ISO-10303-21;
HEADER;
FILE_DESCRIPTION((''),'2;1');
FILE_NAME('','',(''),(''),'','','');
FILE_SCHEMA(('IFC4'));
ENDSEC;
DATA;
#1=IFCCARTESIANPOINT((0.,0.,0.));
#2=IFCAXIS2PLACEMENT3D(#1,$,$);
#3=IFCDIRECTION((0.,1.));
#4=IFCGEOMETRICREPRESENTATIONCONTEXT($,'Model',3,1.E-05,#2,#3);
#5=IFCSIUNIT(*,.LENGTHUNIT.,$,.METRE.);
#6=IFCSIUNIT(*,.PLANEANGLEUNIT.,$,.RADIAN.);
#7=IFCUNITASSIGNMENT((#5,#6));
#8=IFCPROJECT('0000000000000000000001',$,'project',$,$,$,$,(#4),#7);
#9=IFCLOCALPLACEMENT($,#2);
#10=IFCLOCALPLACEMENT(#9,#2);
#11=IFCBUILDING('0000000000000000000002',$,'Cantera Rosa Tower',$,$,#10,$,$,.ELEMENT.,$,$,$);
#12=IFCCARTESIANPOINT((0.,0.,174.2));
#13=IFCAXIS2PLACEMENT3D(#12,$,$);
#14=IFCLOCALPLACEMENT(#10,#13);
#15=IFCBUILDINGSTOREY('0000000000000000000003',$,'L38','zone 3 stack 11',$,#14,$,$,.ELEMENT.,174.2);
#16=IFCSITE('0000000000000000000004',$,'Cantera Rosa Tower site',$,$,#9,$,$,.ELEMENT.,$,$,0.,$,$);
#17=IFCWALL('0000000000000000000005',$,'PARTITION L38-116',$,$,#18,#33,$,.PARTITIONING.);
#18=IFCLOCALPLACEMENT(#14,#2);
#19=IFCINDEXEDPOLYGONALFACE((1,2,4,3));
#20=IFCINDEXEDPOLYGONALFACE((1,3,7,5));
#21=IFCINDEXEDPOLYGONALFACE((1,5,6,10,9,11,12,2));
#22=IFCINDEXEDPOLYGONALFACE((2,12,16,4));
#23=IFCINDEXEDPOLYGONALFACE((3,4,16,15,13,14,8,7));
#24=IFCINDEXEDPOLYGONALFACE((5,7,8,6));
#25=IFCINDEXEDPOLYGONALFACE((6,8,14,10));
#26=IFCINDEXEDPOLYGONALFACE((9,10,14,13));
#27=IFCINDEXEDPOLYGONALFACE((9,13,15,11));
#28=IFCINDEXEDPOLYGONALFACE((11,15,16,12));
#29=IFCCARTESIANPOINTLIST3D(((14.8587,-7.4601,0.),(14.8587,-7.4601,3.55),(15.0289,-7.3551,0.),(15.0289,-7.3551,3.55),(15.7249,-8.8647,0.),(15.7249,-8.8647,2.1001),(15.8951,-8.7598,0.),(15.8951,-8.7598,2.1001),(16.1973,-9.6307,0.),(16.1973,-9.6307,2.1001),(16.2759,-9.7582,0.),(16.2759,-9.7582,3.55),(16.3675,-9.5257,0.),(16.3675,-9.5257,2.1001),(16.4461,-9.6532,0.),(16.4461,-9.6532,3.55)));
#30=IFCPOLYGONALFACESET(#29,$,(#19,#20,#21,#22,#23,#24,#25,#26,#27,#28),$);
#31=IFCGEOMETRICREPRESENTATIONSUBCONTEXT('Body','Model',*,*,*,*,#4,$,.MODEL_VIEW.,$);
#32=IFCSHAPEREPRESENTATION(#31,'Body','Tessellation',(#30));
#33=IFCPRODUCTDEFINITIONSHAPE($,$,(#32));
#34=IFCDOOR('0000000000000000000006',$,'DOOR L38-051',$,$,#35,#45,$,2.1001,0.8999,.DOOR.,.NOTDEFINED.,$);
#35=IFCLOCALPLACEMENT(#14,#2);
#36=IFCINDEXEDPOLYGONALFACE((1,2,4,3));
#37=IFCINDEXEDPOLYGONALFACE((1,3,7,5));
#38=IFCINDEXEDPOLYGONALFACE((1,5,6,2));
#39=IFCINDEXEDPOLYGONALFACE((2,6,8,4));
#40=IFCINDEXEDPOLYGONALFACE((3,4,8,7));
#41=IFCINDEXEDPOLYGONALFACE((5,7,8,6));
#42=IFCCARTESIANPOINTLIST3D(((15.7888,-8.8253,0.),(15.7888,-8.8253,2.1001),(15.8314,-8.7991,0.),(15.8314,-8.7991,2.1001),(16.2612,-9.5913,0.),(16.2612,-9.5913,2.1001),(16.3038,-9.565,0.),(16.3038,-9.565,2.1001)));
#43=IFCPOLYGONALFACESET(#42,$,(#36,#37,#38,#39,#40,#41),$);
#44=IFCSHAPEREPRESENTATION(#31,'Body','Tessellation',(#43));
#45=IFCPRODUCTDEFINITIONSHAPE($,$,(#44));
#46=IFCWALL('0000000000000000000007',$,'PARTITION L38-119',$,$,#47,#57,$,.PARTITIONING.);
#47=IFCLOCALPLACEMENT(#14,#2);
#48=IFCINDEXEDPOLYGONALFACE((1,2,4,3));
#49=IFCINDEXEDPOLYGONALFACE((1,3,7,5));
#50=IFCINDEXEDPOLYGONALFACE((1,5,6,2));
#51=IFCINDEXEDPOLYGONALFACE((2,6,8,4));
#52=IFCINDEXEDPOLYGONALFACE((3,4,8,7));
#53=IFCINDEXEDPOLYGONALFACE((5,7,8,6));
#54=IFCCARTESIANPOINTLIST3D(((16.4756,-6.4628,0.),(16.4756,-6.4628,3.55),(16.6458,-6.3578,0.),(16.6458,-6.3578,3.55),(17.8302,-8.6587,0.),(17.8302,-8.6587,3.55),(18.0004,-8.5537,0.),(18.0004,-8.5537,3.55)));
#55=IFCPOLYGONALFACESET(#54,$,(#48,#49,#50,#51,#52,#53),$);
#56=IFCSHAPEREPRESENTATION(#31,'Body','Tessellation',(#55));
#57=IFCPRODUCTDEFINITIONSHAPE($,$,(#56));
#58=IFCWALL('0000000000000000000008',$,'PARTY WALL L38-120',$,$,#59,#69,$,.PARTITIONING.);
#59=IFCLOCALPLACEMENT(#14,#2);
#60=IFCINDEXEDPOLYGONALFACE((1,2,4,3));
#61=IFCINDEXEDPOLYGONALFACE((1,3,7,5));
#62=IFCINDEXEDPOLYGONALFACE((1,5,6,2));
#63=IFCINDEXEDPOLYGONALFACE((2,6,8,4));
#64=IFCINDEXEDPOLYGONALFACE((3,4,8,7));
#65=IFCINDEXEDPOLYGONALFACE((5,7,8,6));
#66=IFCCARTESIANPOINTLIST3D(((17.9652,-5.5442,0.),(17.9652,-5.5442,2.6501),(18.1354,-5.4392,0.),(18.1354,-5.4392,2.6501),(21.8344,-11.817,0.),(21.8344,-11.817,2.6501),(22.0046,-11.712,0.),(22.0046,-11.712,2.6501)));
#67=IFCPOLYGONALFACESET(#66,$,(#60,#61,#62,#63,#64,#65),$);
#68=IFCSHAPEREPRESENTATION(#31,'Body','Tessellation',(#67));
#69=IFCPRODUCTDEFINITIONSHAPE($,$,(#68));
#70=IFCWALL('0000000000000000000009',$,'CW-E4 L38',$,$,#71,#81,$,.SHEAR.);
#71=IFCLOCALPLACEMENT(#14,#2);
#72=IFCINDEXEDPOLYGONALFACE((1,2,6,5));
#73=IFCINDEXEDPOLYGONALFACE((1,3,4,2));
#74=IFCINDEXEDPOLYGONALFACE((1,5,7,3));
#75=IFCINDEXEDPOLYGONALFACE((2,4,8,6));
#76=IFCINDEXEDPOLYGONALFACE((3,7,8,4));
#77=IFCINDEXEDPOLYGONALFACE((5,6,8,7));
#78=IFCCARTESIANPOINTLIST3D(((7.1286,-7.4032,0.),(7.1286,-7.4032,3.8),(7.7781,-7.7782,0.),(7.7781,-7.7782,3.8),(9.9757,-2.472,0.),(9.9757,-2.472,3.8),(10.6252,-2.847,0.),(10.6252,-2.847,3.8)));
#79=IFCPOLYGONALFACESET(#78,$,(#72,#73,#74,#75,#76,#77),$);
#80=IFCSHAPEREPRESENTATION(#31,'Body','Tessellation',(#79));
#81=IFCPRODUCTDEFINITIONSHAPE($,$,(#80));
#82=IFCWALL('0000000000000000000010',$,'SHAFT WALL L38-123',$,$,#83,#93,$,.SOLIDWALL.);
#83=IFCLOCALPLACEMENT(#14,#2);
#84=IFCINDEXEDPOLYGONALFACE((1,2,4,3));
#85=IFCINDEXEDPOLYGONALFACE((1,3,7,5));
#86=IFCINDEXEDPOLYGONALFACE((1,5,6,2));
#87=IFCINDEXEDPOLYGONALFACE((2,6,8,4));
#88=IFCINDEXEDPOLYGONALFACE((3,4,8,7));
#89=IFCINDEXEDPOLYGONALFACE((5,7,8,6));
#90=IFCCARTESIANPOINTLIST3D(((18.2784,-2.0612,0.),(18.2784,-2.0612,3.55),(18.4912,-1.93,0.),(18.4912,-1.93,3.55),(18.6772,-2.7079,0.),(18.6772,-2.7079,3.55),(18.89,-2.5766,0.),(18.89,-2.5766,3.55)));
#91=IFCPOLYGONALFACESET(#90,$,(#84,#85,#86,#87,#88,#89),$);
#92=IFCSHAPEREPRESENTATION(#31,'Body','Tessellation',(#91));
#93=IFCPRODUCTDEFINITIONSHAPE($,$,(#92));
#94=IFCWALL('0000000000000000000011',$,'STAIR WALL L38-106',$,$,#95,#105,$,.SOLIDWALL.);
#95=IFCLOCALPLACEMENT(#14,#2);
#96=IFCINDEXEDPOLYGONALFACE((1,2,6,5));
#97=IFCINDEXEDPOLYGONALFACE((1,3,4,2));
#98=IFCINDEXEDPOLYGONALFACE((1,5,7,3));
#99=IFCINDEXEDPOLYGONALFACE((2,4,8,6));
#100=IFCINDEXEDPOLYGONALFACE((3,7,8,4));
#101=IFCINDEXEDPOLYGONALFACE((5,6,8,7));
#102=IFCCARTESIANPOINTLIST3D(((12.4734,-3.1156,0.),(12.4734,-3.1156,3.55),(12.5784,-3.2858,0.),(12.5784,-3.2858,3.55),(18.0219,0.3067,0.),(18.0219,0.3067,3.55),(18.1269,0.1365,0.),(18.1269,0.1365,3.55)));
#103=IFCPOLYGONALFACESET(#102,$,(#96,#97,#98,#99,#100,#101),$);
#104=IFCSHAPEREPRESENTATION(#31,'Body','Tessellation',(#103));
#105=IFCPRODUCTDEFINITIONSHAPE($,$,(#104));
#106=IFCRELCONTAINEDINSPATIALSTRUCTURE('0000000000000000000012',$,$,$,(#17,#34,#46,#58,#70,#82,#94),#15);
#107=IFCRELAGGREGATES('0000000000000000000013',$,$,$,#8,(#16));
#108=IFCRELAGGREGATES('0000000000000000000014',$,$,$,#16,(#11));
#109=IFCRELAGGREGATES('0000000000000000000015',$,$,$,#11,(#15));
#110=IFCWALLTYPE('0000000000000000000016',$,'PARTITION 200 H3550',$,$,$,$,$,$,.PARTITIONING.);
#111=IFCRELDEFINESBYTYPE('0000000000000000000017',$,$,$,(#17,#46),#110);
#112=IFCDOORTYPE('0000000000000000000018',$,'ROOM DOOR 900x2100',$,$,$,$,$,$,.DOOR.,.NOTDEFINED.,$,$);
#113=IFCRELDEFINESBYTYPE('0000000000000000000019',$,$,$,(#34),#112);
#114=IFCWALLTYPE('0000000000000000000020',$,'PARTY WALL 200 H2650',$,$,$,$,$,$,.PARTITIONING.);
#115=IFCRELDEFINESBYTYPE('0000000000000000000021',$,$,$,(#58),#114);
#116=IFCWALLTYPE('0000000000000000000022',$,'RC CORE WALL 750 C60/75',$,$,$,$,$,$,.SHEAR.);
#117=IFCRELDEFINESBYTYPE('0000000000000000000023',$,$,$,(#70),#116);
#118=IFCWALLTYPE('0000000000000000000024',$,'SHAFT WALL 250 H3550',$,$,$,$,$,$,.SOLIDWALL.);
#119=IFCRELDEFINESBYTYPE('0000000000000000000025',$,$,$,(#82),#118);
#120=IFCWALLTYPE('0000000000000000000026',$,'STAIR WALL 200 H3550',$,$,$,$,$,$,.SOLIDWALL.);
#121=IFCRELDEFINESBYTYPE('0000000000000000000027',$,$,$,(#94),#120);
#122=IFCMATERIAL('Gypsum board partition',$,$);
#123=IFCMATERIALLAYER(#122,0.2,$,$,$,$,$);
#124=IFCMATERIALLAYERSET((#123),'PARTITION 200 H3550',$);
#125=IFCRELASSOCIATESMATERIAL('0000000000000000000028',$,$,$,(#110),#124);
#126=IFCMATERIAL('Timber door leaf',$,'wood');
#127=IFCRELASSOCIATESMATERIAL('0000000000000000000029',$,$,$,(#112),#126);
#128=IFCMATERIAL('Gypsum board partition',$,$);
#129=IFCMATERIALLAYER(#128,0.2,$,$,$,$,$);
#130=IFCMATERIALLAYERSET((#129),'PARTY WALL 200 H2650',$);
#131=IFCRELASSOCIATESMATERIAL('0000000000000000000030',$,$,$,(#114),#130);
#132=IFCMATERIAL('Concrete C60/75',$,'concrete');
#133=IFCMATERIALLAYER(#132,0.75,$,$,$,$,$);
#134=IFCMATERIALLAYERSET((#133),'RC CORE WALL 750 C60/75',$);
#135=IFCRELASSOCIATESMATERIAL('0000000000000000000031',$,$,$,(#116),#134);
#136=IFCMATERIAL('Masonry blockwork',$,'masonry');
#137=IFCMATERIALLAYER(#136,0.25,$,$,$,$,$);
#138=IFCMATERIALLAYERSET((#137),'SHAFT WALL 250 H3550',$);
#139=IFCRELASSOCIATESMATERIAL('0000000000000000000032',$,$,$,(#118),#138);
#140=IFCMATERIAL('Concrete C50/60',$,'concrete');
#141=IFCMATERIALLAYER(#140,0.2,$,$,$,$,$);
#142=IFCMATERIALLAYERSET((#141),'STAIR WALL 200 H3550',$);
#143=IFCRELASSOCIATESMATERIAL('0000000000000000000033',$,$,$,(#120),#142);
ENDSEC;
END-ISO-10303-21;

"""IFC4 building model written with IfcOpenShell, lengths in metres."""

from ifc_helpers import new_model, si_unit, direction, frame, frame_2d, origin, place, context, subcontext, project, spatial, rectangle, extrude, material, layer, layer_set, type_object, element, fill, save


model = new_model("IFC4")

# Units and contexts
model_context = context("Model", 3, precision=1e-05, world=origin(), true_north=direction((0.0, 1.0)))
body_context = subcontext(model_context, "Body", "Model", "MODEL_VIEW")
ifc_project = project(units=[si_unit("LENGTHUNIT", "METRE"), si_unit("PLANEANGLEUNIT", "RADIAN")], contexts=[model_context])

# Site, building, storey
site_placement = place(None, origin())
site = spatial("IfcSite", under=ifc_project, at=site_placement, Name="Cantera Rosa Tower site", CompositionType="ELEMENT", RefElevation=0.0)
building_placement = place(site_placement, origin())
building = spatial("IfcBuilding", under=site, at=building_placement, Name="Cantera Rosa Tower", CompositionType="ELEMENT")
storey_placement = place(building_placement, frame((0.0, 0.0, 174.2)))
storey = spatial("IfcBuildingStorey", under=building, at=storey_placement, Name="L38", Description="zone 3 stack 11", CompositionType="ELEMENT", Elevation=174.2)

# Shared definitions
ifc_material_1 = material(Name="Gypsum board partition")
ifc_layer_1 = layer(ifc_material_1, 0.2)
ifc_layer_set_1 = layer_set([ifc_layer_1], Name="PARTITION 200 H3550")
wall_type_1 = type_object("IfcWallType", Name="PARTITION 200 H3550", PredefinedType="PARTITIONING", material=ifc_layer_set_1)

# Wall, opening, door
wall_1_placement = place(storey_placement, frame((16.3611, -9.7058, 0.0), z_axis=(0.0, 0.0, 1.0), x_axis=(-0.524909, 0.851158, 0.0)))
wall_1 = element("IfcWall", 1, at=wall_1_placement, inside=storey, type_object=wall_type_1, Name="PARTITION L38-116", PredefinedType="PARTITIONING", context=body_context, shape_type="SweptSolid", body=[
    extrude(rectangle(XDim=2.7, YDim=0.2, at=frame_2d((1.3501, 0.0))), origin(), (0.0, 0.0, 1.0), 3.55),
])
opening_1_placement = place(wall_1_placement, frame((0.1499, 0.0, 0.0)))
opening_1 = element("IfcOpeningElement", 2, at=opening_1_placement, cuts=wall_1, PredefinedType="OPENING", context=body_context, shape_type="SweptSolid", body=[
    extrude(rectangle(XDim=0.8999, YDim=2.1001, at=frame_2d((0.45, 1.05))), frame((0.0, 0.1099, 0.0), z_axis=(0.0, -1.0, 0.0), x_axis=(1.0, 0.0, 0.0)), (0.0, 0.0, 1.0), 0.22),
])
ifc_material_2 = material(Name="Timber door leaf", Category="wood")
door_type_1 = type_object("IfcDoorType", Name="ROOM DOOR 900x2100", OperationType="NOTDEFINED", PredefinedType="DOOR", material=ifc_material_2)
door_1_placement = place(opening_1_placement, origin())
door_1 = element("IfcDoor", 3, at=door_1_placement, inside=storey, type_object=door_type_1, Name="DOOR L38-051", OperationType="NOTDEFINED", OverallHeight=2.1001, OverallWidth=0.8999, PredefinedType="DOOR", context=body_context, shape_type="SweptSolid", body=[
    extrude(rectangle(XDim=0.8999, YDim=2.1001, at=frame_2d((0.45, 1.05))), frame((0.0, 0.0249, 0.0), z_axis=(0.0, -1.0, 0.0), x_axis=(1.0, 0.0, 0.0)), (0.0, 0.0, 1.0), 0.05),
])
fill(opening_1, door_1)

# Walls
wall_2_placement = place(storey_placement, frame((17.9153, -8.6062, 0.0), z_axis=(0.0, 0.0, 1.0), x_axis=(-0.525005, 0.851099, 0.0)))
element("IfcWall", 4, at=wall_2_placement, inside=storey, type_object=wall_type_1, Name="PARTITION L38-119", PredefinedType="PARTITIONING", context=body_context, shape_type="SweptSolid", body=[
    extrude(rectangle(XDim=2.5801, YDim=0.2, at=frame_2d((1.29, 0.0))), origin(), (0.0, 0.0, 1.0), 3.55),
])
ifc_material_3 = material(Name="Gypsum board partition")
ifc_layer_2 = layer(ifc_material_3, 0.2)
ifc_layer_set_2 = layer_set([ifc_layer_2], Name="PARTY WALL 200 H2650")
wall_type_2 = type_object("IfcWallType", Name="PARTY WALL 200 H2650", PredefinedType="PARTITIONING", material=ifc_layer_set_2)
wall_3_placement = place(storey_placement, frame((18.0503, -5.4917, 0.0), z_axis=(0.0, 0.0, 1.0), x_axis=(0.524984, -0.851112, 0.0)))
element("IfcWall", 5, at=wall_3_placement, inside=storey, type_object=wall_type_2, Name="PARTY WALL L38-120", PredefinedType="PARTITIONING", context=body_context, shape_type="SweptSolid", body=[
    extrude(rectangle(XDim=7.3701, YDim=0.2, at=frame_2d((3.6851, 0.0))), origin(), (0.0, 0.0, 1.0), 2.6501),
])
ifc_material_4 = material(Name="Concrete C60/75", Category="concrete")
ifc_layer_3 = layer(ifc_material_4, 0.75)
ifc_layer_set_3 = layer_set([ifc_layer_3], Name="RC CORE WALL 750 C60/75")
wall_type_3 = type_object("IfcWallType", Name="RC CORE WALL 750 C60/75", PredefinedType="SHEAR", material=ifc_layer_set_3)
wall_4_placement = place(storey_placement, frame((10.3005, -2.6594, 0.0), z_axis=(0.0, 0.0, 1.0), x_axis=(-0.500022, -0.866013, 0.0)))
element("IfcWall", 6, at=wall_4_placement, inside=storey, type_object=wall_type_3, Name="CW-E4 L38", PredefinedType="SHEAR", context=body_context, shape_type="SweptSolid", body=[
    extrude(rectangle(XDim=5.6941, YDim=0.75, at=frame_2d((2.8472, 0.0))), origin(), (0.0, 0.0, 1.0), 3.8),
])
ifc_material_5 = material(Name="Masonry blockwork", Category="masonry")
ifc_layer_4 = layer(ifc_material_5, 0.25)
ifc_layer_set_4 = layer_set([ifc_layer_4], Name="SHAFT WALL 250 H3550")
wall_type_4 = type_object("IfcWallType", Name="SHAFT WALL 250 H3550", PredefinedType="SOLIDWALL", material=ifc_layer_set_4)
wall_5_placement = place(storey_placement, frame((18.3848, -1.9956, 0.0), z_axis=(0.0, 0.0, 1.0), x_axis=(0.524993, -0.851106, 0.0)))
element("IfcWall", 7, at=wall_5_placement, inside=storey, type_object=wall_type_4, Name="SHAFT WALL L38-123", PredefinedType="SOLIDWALL", context=body_context, shape_type="SweptSolid", body=[
    extrude(rectangle(XDim=0.7598, YDim=0.25, at=frame_2d((0.3799, 0.0))), origin(), (0.0, 0.0, 1.0), 3.55),
])
ifc_material_6 = material(Name="Concrete C50/60", Category="concrete")
ifc_layer_5 = layer(ifc_material_6, 0.2)
ifc_layer_set_5 = layer_set([ifc_layer_5], Name="STAIR WALL 200 H3550")
wall_type_5 = type_object("IfcWallType", Name="STAIR WALL 200 H3550", PredefinedType="SOLIDWALL", material=ifc_layer_set_5)
wall_6_placement = place(storey_placement, frame((12.5259, -3.2007, 0.0), z_axis=(0.0, 0.0, 1.0), x_axis=(0.85112, 0.524971, 0.0)))
element("IfcWall", 8, at=wall_6_placement, inside=storey, type_object=wall_type_5, Name="STAIR WALL L38-106", PredefinedType="SOLIDWALL", context=body_context, shape_type="SweptSolid", body=[
    extrude(rectangle(XDim=6.519, YDim=0.2, at=frame_2d((3.2595, 0.0))), origin(), (0.0, 0.0, 1.0), 3.55),
])

save(model, "model.ifc")
